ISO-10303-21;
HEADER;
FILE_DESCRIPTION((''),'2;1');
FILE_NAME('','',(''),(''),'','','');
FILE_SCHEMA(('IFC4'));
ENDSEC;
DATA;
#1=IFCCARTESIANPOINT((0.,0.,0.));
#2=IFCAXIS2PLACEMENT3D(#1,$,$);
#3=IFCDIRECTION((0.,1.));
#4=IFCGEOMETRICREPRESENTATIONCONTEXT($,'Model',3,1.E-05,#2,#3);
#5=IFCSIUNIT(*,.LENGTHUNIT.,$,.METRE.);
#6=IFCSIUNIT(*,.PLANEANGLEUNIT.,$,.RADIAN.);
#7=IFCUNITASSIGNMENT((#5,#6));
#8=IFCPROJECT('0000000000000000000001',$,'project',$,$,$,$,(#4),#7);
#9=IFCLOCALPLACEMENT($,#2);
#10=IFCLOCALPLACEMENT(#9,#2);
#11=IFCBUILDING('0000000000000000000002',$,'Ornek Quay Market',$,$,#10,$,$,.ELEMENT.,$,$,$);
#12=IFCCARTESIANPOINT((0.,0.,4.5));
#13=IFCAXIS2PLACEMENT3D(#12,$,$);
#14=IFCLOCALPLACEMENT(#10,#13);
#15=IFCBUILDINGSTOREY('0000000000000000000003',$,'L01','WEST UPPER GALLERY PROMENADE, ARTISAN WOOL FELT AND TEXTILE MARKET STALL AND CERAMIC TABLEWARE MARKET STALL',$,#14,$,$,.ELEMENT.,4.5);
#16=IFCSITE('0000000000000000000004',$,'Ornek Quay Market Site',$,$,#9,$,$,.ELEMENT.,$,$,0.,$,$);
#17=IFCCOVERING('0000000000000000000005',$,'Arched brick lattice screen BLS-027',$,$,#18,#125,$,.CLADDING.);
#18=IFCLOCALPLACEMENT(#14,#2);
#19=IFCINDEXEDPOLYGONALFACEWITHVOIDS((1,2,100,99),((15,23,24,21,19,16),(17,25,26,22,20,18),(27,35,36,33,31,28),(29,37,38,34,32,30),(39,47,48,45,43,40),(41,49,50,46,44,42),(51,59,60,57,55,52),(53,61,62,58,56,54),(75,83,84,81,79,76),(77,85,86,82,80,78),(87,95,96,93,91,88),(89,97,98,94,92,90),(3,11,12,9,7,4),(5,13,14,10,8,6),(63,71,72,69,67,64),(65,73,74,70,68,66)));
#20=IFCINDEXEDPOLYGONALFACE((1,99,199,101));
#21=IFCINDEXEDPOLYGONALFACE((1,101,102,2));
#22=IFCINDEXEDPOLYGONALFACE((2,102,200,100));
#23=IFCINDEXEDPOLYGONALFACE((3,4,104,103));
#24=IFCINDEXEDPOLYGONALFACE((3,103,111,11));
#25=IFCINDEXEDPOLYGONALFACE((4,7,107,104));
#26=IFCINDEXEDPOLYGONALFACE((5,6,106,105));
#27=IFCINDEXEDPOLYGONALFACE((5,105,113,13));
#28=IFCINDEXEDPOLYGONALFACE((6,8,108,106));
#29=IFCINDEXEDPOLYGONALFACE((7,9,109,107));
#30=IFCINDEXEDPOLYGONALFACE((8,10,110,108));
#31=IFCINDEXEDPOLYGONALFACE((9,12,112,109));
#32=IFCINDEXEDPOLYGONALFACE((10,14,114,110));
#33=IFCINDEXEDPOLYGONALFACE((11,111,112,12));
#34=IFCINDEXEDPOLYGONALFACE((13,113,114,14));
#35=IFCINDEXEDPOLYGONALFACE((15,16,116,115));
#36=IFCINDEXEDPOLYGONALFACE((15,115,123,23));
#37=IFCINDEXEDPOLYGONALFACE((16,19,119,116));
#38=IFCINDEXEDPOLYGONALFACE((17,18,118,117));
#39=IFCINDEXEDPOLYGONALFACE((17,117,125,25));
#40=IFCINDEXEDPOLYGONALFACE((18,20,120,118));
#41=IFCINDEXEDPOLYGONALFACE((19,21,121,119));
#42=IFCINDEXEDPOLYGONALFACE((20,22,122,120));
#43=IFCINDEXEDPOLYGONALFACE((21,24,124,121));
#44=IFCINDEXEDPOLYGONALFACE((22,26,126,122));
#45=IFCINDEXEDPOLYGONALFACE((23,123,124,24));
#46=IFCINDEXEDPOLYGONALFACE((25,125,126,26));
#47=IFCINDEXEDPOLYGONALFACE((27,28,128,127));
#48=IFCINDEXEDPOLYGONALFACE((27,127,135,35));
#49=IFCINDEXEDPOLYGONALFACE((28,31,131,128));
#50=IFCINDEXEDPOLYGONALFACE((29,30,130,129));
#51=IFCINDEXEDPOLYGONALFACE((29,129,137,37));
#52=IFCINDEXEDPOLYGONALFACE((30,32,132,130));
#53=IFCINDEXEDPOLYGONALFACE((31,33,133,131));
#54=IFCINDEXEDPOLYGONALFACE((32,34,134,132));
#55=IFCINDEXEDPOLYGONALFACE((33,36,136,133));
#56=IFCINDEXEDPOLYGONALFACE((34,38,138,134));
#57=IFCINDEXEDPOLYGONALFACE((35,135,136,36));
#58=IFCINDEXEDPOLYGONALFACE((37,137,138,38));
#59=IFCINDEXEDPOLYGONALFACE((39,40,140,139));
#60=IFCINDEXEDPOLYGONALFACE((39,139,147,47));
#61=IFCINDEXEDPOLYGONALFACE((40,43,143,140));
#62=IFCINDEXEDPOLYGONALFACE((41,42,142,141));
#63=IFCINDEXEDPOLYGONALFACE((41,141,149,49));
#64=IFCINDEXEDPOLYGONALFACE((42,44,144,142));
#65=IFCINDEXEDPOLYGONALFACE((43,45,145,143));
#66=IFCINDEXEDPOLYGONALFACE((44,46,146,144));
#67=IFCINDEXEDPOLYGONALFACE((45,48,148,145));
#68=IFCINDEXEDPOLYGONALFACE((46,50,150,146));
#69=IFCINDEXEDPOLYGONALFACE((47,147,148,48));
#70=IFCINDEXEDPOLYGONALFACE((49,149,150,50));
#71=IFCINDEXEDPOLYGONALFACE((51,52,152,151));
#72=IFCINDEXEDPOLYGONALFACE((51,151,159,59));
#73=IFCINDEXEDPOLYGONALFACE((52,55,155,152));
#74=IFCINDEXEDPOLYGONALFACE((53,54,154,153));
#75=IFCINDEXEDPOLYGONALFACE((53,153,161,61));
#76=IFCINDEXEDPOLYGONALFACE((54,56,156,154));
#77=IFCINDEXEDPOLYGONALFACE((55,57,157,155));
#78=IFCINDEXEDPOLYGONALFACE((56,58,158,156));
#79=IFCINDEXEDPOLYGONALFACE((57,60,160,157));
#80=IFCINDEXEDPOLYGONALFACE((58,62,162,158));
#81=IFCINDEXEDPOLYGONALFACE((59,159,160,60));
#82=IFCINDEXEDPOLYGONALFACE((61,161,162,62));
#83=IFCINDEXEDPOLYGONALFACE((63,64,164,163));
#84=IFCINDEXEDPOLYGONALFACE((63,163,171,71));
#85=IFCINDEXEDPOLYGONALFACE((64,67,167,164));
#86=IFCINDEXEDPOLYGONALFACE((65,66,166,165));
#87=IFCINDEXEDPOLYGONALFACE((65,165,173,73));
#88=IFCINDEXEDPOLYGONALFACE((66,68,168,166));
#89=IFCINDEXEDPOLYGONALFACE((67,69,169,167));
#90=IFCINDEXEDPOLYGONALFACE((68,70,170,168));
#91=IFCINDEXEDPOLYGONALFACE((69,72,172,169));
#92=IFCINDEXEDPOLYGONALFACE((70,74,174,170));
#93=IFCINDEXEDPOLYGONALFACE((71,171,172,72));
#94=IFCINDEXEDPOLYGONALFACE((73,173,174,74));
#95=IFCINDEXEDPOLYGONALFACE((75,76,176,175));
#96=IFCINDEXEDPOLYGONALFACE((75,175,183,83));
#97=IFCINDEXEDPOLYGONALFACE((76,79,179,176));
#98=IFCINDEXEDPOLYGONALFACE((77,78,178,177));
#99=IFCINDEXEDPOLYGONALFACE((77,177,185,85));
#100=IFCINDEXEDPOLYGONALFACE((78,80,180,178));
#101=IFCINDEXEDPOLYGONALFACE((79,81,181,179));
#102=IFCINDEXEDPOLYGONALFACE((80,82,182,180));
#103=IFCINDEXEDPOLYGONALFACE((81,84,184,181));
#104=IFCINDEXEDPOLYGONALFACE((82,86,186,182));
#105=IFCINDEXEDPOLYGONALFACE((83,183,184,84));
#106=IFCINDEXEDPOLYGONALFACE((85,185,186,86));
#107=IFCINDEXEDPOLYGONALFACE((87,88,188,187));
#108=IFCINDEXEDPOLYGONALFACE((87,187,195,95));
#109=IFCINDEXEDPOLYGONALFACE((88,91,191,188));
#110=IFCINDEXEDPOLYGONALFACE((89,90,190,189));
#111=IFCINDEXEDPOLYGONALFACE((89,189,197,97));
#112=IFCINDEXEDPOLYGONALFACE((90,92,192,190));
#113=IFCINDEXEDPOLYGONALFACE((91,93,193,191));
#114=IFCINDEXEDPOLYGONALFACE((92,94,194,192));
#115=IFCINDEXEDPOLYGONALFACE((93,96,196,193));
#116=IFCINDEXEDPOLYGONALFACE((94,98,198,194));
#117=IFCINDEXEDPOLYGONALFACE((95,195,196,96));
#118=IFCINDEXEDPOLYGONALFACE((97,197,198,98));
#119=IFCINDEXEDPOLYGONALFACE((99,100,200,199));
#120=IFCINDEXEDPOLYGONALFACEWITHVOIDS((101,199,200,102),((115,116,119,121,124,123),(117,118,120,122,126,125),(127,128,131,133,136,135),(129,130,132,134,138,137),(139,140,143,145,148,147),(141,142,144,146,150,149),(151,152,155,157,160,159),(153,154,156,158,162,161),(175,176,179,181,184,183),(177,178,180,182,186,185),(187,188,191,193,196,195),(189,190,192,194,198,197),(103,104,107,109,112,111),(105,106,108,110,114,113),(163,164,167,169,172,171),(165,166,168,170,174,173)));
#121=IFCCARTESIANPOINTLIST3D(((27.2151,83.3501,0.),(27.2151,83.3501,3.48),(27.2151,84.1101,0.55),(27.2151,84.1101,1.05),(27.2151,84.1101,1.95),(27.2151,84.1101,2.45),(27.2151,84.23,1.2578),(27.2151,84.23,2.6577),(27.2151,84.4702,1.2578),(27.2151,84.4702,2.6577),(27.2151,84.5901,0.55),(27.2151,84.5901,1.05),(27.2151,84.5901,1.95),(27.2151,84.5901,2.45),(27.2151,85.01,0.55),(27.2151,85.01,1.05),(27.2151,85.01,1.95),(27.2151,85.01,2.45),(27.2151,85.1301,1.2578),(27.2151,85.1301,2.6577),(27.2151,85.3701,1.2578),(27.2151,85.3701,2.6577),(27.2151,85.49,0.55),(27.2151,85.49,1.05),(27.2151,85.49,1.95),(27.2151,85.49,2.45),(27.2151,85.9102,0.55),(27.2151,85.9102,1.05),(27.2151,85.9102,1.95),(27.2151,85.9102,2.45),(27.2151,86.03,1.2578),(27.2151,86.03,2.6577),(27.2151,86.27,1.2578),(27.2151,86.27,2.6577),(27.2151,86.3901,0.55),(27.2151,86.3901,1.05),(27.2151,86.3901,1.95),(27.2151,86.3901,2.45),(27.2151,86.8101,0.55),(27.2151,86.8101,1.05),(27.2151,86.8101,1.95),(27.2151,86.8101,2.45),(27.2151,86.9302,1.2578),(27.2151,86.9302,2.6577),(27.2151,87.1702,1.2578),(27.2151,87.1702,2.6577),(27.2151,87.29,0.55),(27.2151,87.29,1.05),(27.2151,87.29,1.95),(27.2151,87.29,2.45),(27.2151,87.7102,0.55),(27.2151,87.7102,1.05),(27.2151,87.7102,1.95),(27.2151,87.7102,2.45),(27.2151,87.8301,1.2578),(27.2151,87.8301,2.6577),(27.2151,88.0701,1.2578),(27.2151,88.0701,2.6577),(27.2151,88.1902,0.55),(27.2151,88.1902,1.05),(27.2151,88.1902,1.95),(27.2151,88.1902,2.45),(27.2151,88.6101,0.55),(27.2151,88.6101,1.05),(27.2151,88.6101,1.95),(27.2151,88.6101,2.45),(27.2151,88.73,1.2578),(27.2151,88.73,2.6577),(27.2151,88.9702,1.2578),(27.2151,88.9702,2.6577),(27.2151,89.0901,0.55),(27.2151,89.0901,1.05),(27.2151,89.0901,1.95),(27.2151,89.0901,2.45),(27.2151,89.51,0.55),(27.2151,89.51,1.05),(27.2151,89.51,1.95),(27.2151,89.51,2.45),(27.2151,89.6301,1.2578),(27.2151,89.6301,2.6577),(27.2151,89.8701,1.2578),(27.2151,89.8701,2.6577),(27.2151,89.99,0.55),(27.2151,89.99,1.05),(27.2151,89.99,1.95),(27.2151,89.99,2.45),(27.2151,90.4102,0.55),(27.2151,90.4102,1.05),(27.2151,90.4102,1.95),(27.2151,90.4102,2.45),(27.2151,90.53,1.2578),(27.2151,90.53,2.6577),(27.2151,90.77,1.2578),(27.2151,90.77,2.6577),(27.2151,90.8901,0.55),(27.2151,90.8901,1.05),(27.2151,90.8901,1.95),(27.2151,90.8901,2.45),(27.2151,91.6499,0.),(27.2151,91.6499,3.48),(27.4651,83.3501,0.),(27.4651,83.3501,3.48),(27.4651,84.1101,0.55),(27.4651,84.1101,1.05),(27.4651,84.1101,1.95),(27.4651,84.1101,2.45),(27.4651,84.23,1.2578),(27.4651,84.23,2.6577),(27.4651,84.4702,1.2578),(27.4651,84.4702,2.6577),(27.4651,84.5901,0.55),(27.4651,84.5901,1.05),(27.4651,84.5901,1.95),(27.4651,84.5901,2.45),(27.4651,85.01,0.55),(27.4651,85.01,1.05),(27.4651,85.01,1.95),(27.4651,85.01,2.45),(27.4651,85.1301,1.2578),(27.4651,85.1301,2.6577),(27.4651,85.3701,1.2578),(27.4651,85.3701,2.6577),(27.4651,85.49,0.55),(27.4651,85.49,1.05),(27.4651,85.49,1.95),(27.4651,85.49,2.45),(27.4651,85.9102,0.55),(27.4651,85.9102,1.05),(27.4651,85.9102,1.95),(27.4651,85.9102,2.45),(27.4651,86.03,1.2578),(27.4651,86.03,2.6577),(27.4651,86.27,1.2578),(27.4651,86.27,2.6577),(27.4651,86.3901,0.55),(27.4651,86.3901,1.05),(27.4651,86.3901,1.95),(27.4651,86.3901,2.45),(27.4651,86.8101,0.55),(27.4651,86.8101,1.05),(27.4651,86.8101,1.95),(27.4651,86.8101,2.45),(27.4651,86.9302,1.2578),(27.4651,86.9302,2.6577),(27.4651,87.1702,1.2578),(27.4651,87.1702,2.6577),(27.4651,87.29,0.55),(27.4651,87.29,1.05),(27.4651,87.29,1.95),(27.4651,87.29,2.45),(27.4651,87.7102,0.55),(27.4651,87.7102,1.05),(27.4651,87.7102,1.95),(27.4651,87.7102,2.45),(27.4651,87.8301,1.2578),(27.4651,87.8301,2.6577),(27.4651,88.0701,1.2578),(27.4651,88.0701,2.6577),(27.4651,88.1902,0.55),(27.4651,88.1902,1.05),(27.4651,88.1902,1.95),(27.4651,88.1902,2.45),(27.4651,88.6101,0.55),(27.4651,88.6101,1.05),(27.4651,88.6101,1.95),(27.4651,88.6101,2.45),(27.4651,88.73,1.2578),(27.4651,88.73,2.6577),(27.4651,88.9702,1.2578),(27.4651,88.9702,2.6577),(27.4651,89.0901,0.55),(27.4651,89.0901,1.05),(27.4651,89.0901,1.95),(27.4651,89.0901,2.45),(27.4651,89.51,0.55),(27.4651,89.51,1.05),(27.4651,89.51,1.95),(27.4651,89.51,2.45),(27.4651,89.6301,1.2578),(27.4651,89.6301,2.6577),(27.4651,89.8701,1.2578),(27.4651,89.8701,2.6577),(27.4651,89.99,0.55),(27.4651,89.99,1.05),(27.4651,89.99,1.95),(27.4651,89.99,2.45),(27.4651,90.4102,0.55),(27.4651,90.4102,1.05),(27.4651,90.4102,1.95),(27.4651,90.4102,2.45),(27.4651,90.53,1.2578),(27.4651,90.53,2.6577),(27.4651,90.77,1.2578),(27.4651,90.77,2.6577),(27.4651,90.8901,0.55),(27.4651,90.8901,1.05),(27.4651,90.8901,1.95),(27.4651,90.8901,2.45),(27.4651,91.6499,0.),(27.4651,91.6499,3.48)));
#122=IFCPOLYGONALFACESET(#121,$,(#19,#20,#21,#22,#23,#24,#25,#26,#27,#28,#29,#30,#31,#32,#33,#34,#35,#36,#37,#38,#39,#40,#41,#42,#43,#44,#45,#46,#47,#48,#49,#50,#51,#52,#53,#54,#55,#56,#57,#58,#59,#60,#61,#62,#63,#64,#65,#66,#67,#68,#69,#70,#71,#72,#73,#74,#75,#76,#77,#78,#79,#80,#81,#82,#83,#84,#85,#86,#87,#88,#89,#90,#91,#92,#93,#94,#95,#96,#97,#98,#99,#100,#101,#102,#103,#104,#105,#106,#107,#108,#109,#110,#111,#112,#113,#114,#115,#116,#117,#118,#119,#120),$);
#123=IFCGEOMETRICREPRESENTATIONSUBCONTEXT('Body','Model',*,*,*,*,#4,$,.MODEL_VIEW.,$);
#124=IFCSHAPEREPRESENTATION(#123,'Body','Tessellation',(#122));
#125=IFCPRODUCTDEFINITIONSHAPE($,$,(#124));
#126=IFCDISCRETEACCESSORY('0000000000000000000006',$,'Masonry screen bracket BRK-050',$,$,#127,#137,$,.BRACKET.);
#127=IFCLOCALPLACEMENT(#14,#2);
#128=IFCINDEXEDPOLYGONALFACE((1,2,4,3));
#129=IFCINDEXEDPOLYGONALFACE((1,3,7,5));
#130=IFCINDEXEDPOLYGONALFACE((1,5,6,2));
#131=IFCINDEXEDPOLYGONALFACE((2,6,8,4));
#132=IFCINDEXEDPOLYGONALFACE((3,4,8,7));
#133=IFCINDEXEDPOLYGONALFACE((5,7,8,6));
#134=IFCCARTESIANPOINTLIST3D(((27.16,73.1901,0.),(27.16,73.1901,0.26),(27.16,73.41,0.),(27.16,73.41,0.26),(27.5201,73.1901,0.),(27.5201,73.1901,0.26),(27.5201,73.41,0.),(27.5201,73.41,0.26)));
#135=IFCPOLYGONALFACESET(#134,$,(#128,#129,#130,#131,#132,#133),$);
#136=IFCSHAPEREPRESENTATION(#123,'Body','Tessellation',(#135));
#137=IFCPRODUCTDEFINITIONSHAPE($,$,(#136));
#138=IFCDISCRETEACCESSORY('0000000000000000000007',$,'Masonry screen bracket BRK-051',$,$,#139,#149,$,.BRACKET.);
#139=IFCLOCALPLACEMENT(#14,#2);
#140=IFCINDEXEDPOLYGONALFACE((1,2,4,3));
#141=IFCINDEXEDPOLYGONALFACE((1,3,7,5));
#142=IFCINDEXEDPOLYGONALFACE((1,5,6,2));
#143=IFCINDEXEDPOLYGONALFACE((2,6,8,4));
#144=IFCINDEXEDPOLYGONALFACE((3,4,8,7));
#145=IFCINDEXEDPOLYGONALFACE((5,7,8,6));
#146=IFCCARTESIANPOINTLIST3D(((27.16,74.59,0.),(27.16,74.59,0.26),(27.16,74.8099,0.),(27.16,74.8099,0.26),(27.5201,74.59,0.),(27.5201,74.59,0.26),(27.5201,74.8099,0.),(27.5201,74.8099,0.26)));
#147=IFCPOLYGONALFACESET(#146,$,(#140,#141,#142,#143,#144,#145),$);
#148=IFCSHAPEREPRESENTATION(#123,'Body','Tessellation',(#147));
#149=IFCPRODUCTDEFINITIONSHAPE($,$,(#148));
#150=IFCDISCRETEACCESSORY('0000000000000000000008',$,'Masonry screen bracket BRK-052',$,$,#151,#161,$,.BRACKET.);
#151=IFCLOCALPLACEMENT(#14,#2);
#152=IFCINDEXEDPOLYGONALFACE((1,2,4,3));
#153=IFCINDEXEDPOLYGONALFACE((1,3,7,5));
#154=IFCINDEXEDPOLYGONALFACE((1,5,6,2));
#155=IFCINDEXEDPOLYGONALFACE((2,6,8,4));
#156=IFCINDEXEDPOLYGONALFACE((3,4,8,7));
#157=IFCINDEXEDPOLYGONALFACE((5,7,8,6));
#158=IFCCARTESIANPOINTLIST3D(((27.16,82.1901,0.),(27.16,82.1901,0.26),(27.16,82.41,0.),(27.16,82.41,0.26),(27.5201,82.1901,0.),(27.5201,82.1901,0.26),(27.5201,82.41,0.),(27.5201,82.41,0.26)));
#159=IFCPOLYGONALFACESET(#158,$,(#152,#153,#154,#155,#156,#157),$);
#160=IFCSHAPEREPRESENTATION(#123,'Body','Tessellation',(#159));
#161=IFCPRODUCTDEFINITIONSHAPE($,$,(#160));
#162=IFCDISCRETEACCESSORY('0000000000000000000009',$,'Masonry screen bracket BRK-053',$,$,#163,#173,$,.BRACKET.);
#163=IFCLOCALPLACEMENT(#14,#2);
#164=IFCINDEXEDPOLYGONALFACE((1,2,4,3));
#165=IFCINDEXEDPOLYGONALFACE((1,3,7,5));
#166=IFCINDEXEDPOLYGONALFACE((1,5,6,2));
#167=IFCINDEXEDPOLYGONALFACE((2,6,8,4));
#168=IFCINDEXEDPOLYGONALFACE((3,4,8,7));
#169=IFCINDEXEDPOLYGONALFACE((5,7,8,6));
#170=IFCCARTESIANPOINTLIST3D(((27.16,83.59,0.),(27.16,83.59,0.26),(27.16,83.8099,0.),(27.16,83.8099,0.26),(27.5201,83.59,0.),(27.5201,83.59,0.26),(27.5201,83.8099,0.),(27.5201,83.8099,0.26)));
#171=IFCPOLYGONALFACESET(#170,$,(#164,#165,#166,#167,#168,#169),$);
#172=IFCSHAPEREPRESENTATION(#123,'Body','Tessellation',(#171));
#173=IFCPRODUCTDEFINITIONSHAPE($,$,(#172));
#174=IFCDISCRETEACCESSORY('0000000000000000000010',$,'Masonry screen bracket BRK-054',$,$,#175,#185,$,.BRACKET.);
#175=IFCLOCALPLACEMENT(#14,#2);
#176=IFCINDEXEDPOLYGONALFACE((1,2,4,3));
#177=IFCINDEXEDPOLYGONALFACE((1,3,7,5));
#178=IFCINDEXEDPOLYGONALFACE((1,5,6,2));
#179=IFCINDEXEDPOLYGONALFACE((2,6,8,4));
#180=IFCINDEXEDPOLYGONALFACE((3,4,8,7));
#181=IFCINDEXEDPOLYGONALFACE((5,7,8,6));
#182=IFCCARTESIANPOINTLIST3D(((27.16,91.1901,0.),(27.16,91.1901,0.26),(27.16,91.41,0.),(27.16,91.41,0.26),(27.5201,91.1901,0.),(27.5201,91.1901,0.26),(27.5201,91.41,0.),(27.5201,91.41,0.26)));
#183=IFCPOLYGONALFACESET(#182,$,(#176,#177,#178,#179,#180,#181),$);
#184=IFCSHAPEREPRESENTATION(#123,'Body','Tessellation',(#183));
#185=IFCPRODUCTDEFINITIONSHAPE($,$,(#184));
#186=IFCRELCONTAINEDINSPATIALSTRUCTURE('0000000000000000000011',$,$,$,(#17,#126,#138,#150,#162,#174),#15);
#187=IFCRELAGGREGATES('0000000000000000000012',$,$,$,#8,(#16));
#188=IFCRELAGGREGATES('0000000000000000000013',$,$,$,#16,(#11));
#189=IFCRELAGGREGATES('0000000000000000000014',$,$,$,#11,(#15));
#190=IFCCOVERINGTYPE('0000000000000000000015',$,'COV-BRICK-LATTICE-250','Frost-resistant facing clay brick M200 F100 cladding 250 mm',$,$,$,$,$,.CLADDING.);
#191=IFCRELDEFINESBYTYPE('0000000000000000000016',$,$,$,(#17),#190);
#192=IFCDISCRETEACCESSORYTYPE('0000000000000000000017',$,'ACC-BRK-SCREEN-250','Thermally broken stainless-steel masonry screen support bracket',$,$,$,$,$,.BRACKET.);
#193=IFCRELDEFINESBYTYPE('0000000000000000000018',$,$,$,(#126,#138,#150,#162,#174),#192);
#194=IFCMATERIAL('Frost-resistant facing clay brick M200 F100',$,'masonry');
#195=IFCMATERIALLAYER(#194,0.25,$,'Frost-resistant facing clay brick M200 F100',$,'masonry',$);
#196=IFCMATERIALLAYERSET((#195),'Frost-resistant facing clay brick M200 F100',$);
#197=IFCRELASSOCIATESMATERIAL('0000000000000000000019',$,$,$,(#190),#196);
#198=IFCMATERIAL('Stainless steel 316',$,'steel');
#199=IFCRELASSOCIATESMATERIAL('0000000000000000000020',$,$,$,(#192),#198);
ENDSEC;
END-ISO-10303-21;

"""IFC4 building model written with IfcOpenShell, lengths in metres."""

from ifc_helpers import new_model, si_unit, direction, frame, origin, origin_2d, place, context, subcontext, project, spatial, polyline, rectangle, outline, extrude, material, layer, layer_set, type_object, element, save


model = new_model("IFC4")

# Units and contexts
model_context = context("Model", 3, precision=1e-05, world=origin(), true_north=direction((0.0, 1.0)))
body_context = subcontext(model_context, "Body", "Model", "MODEL_VIEW")
ifc_project = project(units=[si_unit("LENGTHUNIT", "METRE"), si_unit("PLANEANGLEUNIT", "RADIAN")], contexts=[model_context])

# Site, building, storey
site_placement = place(None, origin())
site = spatial("IfcSite", under=ifc_project, at=site_placement, Name="Ornek Quay Market Site", CompositionType="ELEMENT", RefElevation=0.0)
building_placement = place(site_placement, origin())
building = spatial("IfcBuilding", under=site, at=building_placement, Name="Ornek Quay Market", CompositionType="ELEMENT")
storey_placement = place(building_placement, frame((0.0, 0.0, 4.5)))
storey = spatial("IfcBuildingStorey", under=building, at=storey_placement, Name="L01", Description="WEST UPPER GALLERY PROMENADE, ARTISAN WOOL FELT AND TEXTILE MARKET STALL AND CERAMIC TABLEWARE MARKET STALL", CompositionType="ELEMENT", Elevation=4.5)

# Covering
ifc_material_1 = material(Name="Frost-resistant facing clay brick M200 F100", Category="masonry")
ifc_layer_1 = layer(ifc_material_1, 0.25, Name="Frost-resistant facing clay brick M200 F100", Category="masonry")
ifc_layer_set_1 = layer_set([ifc_layer_1], Name="Frost-resistant facing clay brick M200 F100")
covering_type = type_object("IfcCoveringType", Name="COV-BRICK-LATTICE-250", Description="Frost-resistant facing clay brick M200 F100 cladding 250 mm", PredefinedType="CLADDING", material=ifc_layer_set_1)
covering_1_placement = place(storey_placement, frame((27.3401, 83.3501, 0.0), z_axis=(0.0, 0.0, 1.0), x_axis=(0.0, 1.0, 0.0)))
element("IfcCovering", 1, at=covering_1_placement, inside=storey, type_object=covering_type, Name="Arched brick lattice screen BLS-027", PredefinedType="CLADDING", context=body_context, shape_type="SweptSolid", body=[
    extrude(outline(polyline([(0.0, 0.0), (8.2998, 0.0), (8.2998, 3.48), (0.0, 3.48), (0.0, 0.0)]), holes=[polyline([(0.76, 0.55), (1.24, 0.55), (1.24, 1.05), (1.1201, 1.2578), (0.8799, 1.2578), (0.76, 1.05), (0.76, 0.55)]), polyline([(0.76, 1.95), (1.24, 1.95), (1.24, 2.45), (1.1201, 2.6577), (0.8799, 2.6577), (0.76, 2.45), (0.76, 1.95)]), polyline([(1.6599, 0.55), (2.1399, 0.55), (2.1399, 1.05), (2.02, 1.2578), (1.78, 1.2578), (1.6599, 1.05), (1.6599, 0.55)]), polyline([(1.6599, 1.95), (2.1399, 1.95), (2.1399, 2.45), (2.02, 2.6577), (1.78, 2.6577), (1.6599, 2.45), (1.6599, 1.95)]), polyline([(2.5601, 0.55), (3.04, 0.55), (3.04, 1.05), (2.9199, 1.2578), (2.6799, 1.2578), (2.5601, 1.05), (2.5601, 0.55)]), polyline([(2.5601, 1.95), (3.04, 1.95), (3.04, 2.45), (2.9199, 2.6577), (2.6799, 2.6577), (2.5601, 2.45), (2.5601, 1.95)]), polyline([(3.46, 0.55), (3.9399, 0.55), (3.9399, 1.05), (3.8201, 1.2578), (3.5801, 1.2578), (3.46, 1.05), (3.46, 0.55)]), polyline([(3.46, 1.95), (3.9399, 1.95), (3.9399, 2.45), (3.8201, 2.6577), (3.5801, 2.6577), (3.46, 2.45), (3.46, 1.95)]), polyline([(4.3601, 0.55), (4.8401, 0.55), (4.8401, 1.05), (4.72, 1.2578), (4.48, 1.2578), (4.3601, 1.05), (4.3601, 0.55)]), polyline([(4.3601, 1.95), (4.8401, 1.95), (4.8401, 2.45), (4.72, 2.6577), (4.48, 2.6577), (4.3601, 2.45), (4.3601, 1.95)]), polyline([(5.26, 0.55), (5.74, 0.55), (5.74, 1.05), (5.6201, 1.2578), (5.3799, 1.2578), (5.26, 1.05), (5.26, 0.55)]), polyline([(5.26, 1.95), (5.74, 1.95), (5.74, 2.45), (5.6201, 2.6577), (5.3799, 2.6577), (5.26, 2.45), (5.26, 1.95)]), polyline([(6.1599, 0.55), (6.6399, 0.55), (6.6399, 1.05), (6.52, 1.2578), (6.28, 1.2578), (6.1599, 1.05), (6.1599, 0.55)]), polyline([(6.1599, 1.95), (6.6399, 1.95), (6.6399, 2.45), (6.52, 2.6577), (6.28, 2.6577), (6.1599, 2.45), (6.1599, 1.95)]), polyline([(7.0601, 0.55), (7.54, 0.55), (7.54, 1.05), (7.4199, 1.2578), (7.1799, 1.2578), (7.0601, 1.05), (7.0601, 0.55)]), polyline([(7.0601, 1.95), (7.54, 1.95), (7.54, 2.45), (7.4199, 2.6577), (7.1799, 2.6577), (7.0601, 2.45), (7.0601, 1.95)])]), frame((0.0, 0.125, 0.0), z_axis=(0.0, -1.0, 0.0), x_axis=(1.0, 0.0, 0.0)), (0.0, 0.0, 1.0), 0.25),
])

# Discrete accessories
ifc_material_2 = material(Name="Stainless steel 316", Category="steel")
discrete_accessory_type = type_object("IfcDiscreteAccessoryType", Name="ACC-BRK-SCREEN-250", Description="Thermally broken stainless-steel masonry screen support bracket", PredefinedType="BRACKET", material=ifc_material_2)
for number, where, z_axis, x_axis, name in (
    (2, (27.3401, 73.3, 0.0), (0.0, 0.0, 1.0), (0.0, 1.0, 0.0), "Masonry screen bracket BRK-050"),
    (3, (27.3401, 74.7, 0.0), (0.0, 0.0, 1.0), (0.0, 1.0, 0.0), "Masonry screen bracket BRK-051"),
    (4, (27.3401, 82.3, 0.0), (0.0, 0.0, 1.0), (0.0, 1.0, 0.0), "Masonry screen bracket BRK-052"),
    (5, (27.3401, 83.7, 0.0), (0.0, 0.0, 1.0), (0.0, 1.0, 0.0), "Masonry screen bracket BRK-053"),
    (6, (27.3401, 91.3, 0.0), (0.0, 0.0, 1.0), (0.0, 1.0, 0.0), "Masonry screen bracket BRK-054"),
):
    element("IfcDiscreteAccessory", number, at=place(storey_placement, frame(where, z_axis=z_axis, x_axis=x_axis)), inside=storey, type_object=discrete_accessory_type, Name=name, PredefinedType="BRACKET", context=body_context, shape_type="SweptSolid", body=[
        extrude(rectangle(XDim=0.22, YDim=0.3601, at=origin_2d()), origin(), (0.0, 0.0, 1.0), 0.26),
    ])

save(model, "model.ifc")
